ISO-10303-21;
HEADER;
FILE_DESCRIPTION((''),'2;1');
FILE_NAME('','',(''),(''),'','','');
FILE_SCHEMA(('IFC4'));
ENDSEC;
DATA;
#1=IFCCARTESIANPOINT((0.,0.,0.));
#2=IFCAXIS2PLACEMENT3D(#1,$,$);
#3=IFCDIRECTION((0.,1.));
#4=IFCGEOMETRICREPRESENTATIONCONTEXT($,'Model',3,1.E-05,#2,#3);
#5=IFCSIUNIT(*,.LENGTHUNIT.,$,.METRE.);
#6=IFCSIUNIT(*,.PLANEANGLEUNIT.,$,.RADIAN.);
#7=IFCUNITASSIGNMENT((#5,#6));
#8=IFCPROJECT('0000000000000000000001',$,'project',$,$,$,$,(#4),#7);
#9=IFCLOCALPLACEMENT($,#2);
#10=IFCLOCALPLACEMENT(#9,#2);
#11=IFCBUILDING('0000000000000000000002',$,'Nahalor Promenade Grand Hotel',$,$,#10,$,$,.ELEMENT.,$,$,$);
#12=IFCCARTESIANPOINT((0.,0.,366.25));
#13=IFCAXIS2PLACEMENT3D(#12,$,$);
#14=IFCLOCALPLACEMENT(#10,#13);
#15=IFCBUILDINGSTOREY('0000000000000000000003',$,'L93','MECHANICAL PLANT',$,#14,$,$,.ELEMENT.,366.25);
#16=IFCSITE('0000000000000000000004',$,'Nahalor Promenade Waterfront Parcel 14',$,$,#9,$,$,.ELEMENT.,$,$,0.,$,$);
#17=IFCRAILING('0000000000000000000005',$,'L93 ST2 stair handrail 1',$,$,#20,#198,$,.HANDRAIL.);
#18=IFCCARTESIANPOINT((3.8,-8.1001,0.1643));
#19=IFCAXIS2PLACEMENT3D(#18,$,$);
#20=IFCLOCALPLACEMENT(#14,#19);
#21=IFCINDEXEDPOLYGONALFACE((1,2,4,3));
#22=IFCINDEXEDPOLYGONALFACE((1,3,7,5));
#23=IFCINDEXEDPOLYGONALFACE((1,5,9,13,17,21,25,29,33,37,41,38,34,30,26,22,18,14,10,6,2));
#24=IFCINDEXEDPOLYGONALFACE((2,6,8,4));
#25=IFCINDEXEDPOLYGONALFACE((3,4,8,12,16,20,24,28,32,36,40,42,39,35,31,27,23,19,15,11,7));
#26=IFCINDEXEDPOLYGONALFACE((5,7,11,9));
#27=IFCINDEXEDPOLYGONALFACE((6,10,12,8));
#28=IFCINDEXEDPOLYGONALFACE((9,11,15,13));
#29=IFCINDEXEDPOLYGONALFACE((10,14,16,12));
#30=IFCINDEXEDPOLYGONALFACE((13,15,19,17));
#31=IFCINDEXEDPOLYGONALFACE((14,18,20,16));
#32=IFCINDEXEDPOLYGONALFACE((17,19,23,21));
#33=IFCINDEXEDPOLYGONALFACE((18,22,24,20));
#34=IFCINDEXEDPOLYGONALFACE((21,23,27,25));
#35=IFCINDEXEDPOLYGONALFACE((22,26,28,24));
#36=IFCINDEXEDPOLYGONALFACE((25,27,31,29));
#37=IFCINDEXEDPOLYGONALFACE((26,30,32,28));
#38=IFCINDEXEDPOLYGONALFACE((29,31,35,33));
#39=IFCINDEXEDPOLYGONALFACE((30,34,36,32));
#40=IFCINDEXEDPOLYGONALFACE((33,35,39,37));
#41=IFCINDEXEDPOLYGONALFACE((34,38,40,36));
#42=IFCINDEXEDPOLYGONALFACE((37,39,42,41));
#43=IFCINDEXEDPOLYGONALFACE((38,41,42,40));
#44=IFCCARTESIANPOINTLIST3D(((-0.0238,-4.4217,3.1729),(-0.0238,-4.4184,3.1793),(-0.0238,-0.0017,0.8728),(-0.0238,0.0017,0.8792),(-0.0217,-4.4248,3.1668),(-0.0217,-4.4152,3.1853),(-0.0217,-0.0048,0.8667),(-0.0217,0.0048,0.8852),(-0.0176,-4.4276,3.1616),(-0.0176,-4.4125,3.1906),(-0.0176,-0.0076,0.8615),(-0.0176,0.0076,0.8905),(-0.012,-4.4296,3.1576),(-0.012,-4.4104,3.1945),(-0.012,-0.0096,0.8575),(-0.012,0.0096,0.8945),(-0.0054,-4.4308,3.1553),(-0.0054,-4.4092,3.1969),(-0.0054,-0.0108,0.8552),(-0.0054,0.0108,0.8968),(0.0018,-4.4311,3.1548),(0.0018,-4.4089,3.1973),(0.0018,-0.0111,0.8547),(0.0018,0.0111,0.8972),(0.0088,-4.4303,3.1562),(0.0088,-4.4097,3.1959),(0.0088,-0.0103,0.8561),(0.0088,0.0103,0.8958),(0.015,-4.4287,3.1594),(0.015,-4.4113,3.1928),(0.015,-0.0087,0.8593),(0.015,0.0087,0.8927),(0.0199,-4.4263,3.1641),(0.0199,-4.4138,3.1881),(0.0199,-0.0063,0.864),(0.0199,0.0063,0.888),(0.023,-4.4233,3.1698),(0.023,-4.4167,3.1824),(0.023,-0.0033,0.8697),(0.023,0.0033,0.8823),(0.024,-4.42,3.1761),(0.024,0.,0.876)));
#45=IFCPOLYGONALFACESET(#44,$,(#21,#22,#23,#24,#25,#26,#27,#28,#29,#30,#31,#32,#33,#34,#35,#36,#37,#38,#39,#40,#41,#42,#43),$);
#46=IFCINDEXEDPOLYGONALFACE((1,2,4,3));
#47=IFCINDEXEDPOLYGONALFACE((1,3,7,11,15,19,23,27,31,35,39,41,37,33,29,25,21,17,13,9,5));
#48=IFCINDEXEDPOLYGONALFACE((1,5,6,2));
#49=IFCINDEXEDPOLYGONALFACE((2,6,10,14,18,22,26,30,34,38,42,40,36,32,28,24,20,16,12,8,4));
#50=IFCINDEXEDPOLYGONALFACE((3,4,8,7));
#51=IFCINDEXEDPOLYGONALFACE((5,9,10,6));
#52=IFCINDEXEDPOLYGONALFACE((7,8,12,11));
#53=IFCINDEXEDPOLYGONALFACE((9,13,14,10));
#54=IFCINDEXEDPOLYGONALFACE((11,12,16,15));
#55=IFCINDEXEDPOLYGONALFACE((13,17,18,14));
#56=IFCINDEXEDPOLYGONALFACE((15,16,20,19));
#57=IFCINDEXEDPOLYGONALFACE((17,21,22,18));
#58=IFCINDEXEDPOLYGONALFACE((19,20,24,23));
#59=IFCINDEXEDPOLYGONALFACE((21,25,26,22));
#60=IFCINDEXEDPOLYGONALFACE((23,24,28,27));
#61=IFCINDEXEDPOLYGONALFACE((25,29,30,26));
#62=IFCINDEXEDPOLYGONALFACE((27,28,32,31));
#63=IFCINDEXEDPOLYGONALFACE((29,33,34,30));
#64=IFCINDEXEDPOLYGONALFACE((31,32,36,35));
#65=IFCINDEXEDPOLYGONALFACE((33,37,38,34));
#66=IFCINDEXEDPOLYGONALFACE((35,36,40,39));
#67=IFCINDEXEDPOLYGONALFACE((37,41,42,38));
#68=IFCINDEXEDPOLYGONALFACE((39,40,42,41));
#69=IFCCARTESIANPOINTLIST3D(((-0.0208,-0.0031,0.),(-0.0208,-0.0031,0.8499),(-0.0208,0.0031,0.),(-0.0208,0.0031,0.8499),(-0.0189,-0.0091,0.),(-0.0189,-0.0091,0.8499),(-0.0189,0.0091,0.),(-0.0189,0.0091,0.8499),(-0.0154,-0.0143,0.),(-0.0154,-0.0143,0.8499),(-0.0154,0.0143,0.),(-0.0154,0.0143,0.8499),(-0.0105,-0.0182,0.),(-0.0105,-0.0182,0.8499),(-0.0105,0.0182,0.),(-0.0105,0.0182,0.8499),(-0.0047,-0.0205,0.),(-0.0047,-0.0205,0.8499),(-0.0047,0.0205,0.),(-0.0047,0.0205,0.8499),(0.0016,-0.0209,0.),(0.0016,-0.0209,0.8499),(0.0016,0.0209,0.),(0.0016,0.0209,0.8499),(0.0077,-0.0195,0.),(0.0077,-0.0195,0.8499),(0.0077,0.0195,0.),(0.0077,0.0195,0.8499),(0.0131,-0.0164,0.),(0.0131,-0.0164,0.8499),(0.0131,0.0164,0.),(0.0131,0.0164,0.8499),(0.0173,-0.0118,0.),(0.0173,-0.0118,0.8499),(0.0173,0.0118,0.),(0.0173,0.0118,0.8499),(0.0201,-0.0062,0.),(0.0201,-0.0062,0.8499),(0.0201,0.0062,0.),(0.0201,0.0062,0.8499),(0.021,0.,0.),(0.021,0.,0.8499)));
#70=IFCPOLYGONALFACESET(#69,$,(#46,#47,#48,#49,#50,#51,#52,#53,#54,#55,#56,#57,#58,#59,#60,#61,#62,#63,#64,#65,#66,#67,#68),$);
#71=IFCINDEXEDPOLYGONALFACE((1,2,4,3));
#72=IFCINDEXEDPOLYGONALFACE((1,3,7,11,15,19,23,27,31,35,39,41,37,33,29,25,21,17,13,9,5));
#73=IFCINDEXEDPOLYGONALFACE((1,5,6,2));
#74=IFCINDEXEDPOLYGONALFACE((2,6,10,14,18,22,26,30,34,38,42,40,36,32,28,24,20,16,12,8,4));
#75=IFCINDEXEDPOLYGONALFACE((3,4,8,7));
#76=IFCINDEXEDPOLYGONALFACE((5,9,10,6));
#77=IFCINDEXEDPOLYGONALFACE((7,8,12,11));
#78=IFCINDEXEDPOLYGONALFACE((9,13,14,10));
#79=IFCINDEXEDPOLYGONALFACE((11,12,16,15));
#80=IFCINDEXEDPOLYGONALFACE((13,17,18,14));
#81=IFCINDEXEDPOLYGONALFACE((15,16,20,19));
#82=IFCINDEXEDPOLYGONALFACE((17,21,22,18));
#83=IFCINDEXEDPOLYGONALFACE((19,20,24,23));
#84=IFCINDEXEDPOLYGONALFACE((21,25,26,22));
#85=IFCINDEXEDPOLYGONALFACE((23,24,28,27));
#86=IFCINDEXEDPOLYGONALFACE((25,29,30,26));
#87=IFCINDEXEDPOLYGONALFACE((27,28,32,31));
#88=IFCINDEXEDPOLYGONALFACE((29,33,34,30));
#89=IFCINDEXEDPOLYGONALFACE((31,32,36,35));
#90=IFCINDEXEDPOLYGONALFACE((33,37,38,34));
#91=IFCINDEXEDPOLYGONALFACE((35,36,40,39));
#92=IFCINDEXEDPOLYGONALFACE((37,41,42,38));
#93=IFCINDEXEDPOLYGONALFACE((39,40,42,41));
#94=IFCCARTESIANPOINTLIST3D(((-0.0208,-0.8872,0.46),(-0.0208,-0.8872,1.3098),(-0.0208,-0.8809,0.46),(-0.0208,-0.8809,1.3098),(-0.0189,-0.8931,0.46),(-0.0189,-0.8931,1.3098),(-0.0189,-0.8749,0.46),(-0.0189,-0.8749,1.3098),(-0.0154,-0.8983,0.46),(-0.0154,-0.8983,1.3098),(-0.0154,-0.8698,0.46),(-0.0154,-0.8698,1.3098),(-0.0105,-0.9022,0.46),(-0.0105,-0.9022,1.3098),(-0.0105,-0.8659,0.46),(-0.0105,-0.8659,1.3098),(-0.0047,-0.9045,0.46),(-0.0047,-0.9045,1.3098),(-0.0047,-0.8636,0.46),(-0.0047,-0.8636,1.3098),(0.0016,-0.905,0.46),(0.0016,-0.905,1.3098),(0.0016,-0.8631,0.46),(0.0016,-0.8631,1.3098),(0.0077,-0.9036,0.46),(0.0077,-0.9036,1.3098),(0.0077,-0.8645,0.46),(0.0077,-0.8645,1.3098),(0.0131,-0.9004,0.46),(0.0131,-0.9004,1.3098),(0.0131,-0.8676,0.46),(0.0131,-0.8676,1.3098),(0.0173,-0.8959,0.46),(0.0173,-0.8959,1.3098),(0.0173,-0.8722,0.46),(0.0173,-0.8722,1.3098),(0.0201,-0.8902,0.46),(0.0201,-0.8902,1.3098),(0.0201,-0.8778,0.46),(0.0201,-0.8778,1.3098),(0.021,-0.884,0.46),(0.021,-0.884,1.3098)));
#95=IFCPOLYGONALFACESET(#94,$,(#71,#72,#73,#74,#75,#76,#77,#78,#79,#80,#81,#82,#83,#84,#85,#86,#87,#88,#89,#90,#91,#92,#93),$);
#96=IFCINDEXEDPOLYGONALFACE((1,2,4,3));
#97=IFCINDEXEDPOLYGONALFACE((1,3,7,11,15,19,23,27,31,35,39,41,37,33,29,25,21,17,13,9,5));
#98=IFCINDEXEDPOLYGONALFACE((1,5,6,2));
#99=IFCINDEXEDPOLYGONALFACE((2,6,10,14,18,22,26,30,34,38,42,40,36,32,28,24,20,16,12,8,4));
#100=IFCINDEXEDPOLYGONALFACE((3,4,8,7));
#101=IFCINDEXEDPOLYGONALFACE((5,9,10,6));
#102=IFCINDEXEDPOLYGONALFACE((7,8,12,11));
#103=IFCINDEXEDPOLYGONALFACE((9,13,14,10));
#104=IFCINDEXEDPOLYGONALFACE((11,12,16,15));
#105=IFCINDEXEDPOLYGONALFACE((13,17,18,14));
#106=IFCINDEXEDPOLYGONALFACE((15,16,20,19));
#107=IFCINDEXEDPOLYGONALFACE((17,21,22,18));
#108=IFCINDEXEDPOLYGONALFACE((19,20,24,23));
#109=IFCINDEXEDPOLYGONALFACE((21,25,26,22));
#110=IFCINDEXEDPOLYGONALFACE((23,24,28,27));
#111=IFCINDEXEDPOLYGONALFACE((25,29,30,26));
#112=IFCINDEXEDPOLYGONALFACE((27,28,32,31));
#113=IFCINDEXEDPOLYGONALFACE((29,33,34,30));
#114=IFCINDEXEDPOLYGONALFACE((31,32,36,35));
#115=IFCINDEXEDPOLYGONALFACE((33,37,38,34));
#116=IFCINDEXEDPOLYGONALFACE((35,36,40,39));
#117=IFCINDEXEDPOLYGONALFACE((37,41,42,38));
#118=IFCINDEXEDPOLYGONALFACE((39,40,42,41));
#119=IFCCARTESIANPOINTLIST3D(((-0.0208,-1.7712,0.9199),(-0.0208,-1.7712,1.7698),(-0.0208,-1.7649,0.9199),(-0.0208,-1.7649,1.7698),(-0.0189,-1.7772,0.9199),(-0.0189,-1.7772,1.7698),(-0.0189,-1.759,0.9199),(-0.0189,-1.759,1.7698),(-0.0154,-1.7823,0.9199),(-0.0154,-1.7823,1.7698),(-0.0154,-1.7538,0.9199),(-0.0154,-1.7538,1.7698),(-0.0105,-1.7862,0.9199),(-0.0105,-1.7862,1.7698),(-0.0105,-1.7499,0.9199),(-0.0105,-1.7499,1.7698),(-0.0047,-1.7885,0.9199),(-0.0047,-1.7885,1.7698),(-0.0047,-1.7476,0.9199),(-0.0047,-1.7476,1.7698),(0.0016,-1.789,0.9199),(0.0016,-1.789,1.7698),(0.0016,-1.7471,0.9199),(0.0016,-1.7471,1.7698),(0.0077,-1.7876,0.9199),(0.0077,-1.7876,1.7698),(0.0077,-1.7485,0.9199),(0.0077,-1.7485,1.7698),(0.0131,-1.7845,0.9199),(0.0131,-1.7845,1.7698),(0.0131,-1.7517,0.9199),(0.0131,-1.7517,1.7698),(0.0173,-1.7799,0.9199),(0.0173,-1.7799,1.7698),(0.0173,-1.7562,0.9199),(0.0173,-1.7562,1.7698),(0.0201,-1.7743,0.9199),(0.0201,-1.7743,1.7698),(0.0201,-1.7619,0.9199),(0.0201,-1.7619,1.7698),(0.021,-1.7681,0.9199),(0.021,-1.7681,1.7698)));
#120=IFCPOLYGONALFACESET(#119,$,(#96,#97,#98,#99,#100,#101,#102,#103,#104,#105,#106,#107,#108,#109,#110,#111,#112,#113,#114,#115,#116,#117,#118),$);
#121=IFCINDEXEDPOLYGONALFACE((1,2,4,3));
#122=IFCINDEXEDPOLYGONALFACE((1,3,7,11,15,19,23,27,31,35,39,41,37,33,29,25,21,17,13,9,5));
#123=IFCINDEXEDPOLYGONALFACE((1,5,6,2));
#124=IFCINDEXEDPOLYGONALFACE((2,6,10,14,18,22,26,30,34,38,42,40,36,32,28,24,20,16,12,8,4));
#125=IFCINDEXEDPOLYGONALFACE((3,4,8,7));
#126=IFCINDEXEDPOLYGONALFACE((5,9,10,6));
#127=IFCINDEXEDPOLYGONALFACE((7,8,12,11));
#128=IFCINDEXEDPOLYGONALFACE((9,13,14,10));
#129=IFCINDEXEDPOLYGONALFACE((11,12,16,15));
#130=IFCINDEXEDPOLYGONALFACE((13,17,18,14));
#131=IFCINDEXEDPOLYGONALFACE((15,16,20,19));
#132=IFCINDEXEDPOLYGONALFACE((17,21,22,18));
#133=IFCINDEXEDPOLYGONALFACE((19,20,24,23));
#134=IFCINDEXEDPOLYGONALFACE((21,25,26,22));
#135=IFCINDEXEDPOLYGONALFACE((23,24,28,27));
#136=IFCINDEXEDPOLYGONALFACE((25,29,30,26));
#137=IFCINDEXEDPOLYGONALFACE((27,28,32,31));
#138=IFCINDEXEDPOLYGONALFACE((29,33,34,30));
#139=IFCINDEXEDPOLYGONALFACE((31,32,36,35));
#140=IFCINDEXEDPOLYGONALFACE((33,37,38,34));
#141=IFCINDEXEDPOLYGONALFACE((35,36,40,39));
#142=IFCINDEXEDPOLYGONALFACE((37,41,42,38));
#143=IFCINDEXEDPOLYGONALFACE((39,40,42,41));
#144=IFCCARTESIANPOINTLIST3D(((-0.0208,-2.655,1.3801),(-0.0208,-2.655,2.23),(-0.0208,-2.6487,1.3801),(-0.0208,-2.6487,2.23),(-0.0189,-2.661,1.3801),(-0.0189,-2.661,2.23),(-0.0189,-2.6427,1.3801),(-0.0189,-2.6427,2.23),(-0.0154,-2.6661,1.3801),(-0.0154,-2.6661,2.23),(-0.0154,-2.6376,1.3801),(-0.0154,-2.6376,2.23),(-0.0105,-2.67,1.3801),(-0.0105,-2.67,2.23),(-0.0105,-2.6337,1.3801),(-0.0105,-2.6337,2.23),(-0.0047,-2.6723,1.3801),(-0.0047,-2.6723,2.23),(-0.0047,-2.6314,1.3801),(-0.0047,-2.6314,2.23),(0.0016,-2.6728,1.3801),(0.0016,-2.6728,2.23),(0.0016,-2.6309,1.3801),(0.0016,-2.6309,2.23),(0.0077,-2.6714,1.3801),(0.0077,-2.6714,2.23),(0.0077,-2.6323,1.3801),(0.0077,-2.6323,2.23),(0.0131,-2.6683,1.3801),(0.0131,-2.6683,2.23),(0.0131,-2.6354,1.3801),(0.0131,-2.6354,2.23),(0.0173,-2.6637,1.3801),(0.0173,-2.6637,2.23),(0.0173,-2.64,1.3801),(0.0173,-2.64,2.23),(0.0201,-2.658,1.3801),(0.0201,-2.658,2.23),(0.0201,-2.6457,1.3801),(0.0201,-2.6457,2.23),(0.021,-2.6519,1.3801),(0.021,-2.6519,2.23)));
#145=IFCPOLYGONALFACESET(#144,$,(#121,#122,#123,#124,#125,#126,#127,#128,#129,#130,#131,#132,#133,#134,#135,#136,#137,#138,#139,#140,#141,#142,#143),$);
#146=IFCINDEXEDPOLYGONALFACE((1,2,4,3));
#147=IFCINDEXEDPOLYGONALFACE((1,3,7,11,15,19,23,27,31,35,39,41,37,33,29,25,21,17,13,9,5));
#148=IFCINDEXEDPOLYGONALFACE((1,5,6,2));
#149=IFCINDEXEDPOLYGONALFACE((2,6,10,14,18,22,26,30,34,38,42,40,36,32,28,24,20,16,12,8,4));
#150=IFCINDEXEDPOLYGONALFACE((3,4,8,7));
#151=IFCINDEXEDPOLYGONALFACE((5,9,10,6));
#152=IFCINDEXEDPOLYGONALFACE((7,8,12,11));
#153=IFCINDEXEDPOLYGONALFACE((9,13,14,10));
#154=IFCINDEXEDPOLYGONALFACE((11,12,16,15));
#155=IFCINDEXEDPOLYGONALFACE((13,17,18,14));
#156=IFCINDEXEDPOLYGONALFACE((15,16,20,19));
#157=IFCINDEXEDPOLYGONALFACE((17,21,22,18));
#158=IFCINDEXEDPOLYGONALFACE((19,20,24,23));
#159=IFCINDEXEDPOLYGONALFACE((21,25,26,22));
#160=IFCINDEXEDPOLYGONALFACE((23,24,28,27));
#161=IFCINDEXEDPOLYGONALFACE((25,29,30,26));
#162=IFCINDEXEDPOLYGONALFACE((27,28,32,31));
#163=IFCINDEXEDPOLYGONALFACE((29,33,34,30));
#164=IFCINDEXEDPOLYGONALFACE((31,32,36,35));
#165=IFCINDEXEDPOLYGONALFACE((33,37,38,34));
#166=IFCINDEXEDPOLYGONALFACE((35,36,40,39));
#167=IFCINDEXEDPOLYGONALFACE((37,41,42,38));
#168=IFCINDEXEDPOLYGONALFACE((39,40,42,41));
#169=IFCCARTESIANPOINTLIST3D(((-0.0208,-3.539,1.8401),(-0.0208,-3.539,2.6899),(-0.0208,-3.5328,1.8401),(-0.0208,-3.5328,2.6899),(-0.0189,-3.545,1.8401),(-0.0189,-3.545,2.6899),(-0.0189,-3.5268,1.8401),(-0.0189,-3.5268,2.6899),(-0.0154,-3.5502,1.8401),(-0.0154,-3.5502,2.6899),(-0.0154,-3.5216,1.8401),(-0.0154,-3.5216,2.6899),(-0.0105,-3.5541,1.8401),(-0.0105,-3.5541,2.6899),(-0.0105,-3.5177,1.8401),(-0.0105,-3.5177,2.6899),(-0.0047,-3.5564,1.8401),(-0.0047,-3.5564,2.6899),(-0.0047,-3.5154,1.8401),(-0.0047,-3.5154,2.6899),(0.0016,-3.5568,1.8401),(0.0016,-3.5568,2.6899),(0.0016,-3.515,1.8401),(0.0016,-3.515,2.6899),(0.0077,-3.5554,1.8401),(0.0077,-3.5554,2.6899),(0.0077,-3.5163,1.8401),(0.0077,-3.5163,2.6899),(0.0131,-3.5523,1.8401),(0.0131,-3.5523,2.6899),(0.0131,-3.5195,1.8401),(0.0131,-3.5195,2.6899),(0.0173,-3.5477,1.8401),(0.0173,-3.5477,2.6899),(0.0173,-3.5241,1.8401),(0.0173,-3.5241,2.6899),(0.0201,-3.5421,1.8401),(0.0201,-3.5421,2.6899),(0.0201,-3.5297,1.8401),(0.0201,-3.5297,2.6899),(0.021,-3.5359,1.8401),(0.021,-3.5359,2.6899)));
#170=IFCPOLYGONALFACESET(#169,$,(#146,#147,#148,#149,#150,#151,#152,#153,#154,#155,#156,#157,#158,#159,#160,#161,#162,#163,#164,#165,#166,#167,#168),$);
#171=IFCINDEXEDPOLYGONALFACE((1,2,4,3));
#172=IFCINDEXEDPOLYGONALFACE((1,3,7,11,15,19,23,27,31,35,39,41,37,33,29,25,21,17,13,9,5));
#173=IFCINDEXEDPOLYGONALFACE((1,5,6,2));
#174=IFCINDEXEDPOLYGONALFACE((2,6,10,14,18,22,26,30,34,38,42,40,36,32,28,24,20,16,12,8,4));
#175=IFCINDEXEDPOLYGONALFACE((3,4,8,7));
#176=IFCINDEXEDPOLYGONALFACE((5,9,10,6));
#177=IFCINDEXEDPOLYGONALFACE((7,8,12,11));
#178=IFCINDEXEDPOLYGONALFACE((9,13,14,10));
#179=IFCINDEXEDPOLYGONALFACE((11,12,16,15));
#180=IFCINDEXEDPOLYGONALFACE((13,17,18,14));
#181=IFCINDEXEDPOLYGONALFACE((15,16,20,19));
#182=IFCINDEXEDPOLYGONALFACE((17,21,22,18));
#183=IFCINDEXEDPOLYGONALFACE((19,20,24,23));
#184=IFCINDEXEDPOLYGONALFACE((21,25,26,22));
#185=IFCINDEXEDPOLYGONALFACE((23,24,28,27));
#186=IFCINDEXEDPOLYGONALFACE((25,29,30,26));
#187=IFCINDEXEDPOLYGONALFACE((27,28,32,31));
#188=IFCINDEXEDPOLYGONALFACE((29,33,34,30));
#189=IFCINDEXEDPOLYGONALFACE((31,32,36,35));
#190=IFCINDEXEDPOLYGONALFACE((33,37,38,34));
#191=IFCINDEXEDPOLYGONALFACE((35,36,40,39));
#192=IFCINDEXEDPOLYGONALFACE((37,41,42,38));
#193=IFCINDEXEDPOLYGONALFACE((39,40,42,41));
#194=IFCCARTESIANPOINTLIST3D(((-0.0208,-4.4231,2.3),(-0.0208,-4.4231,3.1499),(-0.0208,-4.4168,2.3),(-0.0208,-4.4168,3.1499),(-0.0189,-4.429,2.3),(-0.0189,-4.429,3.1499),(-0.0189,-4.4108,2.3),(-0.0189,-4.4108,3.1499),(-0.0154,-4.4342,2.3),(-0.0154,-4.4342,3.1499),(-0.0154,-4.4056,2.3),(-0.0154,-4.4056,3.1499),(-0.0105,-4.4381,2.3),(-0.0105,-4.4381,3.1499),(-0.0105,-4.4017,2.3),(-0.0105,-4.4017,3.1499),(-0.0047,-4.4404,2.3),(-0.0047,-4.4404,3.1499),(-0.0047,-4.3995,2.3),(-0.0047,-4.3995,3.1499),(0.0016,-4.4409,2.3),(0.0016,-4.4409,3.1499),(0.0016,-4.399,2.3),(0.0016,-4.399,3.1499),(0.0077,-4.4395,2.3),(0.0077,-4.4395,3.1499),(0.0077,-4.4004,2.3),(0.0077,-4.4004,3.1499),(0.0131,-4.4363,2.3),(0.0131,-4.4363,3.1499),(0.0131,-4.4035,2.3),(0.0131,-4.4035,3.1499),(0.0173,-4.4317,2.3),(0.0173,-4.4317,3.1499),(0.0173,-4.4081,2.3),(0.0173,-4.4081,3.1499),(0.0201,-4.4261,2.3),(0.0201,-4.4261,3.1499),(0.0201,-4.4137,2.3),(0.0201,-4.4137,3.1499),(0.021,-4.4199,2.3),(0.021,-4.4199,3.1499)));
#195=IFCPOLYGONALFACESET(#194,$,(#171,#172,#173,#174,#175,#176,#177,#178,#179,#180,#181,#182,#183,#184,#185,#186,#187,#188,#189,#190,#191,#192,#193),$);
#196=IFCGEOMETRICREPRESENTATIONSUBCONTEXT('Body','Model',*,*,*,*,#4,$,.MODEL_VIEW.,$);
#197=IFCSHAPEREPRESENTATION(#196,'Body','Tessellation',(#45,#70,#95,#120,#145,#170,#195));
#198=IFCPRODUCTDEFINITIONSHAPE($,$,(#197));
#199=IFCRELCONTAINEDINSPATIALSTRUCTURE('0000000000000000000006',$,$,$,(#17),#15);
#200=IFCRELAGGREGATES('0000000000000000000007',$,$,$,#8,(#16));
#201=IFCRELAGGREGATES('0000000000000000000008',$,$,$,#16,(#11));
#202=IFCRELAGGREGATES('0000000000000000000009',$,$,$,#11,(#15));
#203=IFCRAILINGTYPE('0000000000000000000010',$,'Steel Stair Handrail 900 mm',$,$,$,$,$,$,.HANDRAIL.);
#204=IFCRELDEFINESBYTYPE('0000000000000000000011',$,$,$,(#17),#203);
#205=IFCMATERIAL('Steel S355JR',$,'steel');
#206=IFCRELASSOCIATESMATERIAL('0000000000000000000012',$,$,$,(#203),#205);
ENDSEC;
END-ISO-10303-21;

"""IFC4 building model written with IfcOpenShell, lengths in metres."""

from ifc_helpers import new_model, si_unit, direction, frame, origin, origin_2d, place, context, subcontext, project, spatial, circle, extrude, material, type_object, element, save


model = new_model("IFC4")

# Units and contexts
model_context = context("Model", 3, precision=1e-05, world=origin(), true_north=direction((0.0, 1.0)))
body_context = subcontext(model_context, "Body", "Model", "MODEL_VIEW")
ifc_project = project(units=[si_unit("LENGTHUNIT", "METRE"), si_unit("PLANEANGLEUNIT", "RADIAN")], contexts=[model_context])

# Site, building, storey
site_placement = place(None, origin())
site = spatial("IfcSite", under=ifc_project, at=site_placement, Name="Nahalor Promenade Waterfront Parcel 14", CompositionType="ELEMENT", RefElevation=0.0)
building_placement = place(site_placement, origin())
building = spatial("IfcBuilding", under=site, at=building_placement, Name="Nahalor Promenade Grand Hotel", CompositionType="ELEMENT")
storey_placement = place(building_placement, frame((0.0, 0.0, 366.25)))
storey = spatial("IfcBuildingStorey", under=building, at=storey_placement, Name="L93", Description="MECHANICAL PLANT", CompositionType="ELEMENT", Elevation=366.25)

# Shared definitions
ifc_material_1 = material(Name="Steel S355JR", Category="steel")

# Railing
railing_type_1 = type_object("IfcRailingType", Name="Steel Stair Handrail 900 mm", PredefinedType="HANDRAIL", material=ifc_material_1)
railing_1_placement = place(storey_placement, frame((3.8, -8.1001, 0.1643)))
element("IfcRailing", 1, at=railing_1_placement, inside=storey, type_object=railing_type_1, Name="L93 ST2 stair handrail 1", PredefinedType="HANDRAIL", context=body_context, shape_type="SweptSolid", body=[
    extrude(circle(Radius=0.024, at=origin_2d()), frame((0.0, 0.0, 0.876), z_axis=(0.0, -0.887078, 0.46162), x_axis=(1.0, 0.0, 0.0)), (0.0, 0.0, 1.0), 4.9827),
    extrude(circle(Radius=0.021, at=origin_2d()), origin(), (0.0, 0.0, 1.0), 0.8499),
    extrude(circle(Radius=0.021, at=origin_2d()), frame((0.0, -0.884, 0.46)), (0.0, 0.0, 1.0), 0.8499),
    extrude(circle(Radius=0.021, at=origin_2d()), frame((0.0, -1.7681, 0.9199)), (0.0, 0.0, 1.0), 0.8499),
    extrude(circle(Radius=0.021, at=origin_2d()), frame((0.0, -2.6519, 1.3801)), (0.0, 0.0, 1.0), 0.8499),
    extrude(circle(Radius=0.021, at=origin_2d()), frame((0.0, -3.5359, 1.8401)), (0.0, 0.0, 1.0), 0.8499),
    extrude(circle(Radius=0.021, at=origin_2d()), frame((0.0, -4.4199, 2.3)), (0.0, 0.0, 1.0), 0.8499),
])

save(model, "model.ifc")
